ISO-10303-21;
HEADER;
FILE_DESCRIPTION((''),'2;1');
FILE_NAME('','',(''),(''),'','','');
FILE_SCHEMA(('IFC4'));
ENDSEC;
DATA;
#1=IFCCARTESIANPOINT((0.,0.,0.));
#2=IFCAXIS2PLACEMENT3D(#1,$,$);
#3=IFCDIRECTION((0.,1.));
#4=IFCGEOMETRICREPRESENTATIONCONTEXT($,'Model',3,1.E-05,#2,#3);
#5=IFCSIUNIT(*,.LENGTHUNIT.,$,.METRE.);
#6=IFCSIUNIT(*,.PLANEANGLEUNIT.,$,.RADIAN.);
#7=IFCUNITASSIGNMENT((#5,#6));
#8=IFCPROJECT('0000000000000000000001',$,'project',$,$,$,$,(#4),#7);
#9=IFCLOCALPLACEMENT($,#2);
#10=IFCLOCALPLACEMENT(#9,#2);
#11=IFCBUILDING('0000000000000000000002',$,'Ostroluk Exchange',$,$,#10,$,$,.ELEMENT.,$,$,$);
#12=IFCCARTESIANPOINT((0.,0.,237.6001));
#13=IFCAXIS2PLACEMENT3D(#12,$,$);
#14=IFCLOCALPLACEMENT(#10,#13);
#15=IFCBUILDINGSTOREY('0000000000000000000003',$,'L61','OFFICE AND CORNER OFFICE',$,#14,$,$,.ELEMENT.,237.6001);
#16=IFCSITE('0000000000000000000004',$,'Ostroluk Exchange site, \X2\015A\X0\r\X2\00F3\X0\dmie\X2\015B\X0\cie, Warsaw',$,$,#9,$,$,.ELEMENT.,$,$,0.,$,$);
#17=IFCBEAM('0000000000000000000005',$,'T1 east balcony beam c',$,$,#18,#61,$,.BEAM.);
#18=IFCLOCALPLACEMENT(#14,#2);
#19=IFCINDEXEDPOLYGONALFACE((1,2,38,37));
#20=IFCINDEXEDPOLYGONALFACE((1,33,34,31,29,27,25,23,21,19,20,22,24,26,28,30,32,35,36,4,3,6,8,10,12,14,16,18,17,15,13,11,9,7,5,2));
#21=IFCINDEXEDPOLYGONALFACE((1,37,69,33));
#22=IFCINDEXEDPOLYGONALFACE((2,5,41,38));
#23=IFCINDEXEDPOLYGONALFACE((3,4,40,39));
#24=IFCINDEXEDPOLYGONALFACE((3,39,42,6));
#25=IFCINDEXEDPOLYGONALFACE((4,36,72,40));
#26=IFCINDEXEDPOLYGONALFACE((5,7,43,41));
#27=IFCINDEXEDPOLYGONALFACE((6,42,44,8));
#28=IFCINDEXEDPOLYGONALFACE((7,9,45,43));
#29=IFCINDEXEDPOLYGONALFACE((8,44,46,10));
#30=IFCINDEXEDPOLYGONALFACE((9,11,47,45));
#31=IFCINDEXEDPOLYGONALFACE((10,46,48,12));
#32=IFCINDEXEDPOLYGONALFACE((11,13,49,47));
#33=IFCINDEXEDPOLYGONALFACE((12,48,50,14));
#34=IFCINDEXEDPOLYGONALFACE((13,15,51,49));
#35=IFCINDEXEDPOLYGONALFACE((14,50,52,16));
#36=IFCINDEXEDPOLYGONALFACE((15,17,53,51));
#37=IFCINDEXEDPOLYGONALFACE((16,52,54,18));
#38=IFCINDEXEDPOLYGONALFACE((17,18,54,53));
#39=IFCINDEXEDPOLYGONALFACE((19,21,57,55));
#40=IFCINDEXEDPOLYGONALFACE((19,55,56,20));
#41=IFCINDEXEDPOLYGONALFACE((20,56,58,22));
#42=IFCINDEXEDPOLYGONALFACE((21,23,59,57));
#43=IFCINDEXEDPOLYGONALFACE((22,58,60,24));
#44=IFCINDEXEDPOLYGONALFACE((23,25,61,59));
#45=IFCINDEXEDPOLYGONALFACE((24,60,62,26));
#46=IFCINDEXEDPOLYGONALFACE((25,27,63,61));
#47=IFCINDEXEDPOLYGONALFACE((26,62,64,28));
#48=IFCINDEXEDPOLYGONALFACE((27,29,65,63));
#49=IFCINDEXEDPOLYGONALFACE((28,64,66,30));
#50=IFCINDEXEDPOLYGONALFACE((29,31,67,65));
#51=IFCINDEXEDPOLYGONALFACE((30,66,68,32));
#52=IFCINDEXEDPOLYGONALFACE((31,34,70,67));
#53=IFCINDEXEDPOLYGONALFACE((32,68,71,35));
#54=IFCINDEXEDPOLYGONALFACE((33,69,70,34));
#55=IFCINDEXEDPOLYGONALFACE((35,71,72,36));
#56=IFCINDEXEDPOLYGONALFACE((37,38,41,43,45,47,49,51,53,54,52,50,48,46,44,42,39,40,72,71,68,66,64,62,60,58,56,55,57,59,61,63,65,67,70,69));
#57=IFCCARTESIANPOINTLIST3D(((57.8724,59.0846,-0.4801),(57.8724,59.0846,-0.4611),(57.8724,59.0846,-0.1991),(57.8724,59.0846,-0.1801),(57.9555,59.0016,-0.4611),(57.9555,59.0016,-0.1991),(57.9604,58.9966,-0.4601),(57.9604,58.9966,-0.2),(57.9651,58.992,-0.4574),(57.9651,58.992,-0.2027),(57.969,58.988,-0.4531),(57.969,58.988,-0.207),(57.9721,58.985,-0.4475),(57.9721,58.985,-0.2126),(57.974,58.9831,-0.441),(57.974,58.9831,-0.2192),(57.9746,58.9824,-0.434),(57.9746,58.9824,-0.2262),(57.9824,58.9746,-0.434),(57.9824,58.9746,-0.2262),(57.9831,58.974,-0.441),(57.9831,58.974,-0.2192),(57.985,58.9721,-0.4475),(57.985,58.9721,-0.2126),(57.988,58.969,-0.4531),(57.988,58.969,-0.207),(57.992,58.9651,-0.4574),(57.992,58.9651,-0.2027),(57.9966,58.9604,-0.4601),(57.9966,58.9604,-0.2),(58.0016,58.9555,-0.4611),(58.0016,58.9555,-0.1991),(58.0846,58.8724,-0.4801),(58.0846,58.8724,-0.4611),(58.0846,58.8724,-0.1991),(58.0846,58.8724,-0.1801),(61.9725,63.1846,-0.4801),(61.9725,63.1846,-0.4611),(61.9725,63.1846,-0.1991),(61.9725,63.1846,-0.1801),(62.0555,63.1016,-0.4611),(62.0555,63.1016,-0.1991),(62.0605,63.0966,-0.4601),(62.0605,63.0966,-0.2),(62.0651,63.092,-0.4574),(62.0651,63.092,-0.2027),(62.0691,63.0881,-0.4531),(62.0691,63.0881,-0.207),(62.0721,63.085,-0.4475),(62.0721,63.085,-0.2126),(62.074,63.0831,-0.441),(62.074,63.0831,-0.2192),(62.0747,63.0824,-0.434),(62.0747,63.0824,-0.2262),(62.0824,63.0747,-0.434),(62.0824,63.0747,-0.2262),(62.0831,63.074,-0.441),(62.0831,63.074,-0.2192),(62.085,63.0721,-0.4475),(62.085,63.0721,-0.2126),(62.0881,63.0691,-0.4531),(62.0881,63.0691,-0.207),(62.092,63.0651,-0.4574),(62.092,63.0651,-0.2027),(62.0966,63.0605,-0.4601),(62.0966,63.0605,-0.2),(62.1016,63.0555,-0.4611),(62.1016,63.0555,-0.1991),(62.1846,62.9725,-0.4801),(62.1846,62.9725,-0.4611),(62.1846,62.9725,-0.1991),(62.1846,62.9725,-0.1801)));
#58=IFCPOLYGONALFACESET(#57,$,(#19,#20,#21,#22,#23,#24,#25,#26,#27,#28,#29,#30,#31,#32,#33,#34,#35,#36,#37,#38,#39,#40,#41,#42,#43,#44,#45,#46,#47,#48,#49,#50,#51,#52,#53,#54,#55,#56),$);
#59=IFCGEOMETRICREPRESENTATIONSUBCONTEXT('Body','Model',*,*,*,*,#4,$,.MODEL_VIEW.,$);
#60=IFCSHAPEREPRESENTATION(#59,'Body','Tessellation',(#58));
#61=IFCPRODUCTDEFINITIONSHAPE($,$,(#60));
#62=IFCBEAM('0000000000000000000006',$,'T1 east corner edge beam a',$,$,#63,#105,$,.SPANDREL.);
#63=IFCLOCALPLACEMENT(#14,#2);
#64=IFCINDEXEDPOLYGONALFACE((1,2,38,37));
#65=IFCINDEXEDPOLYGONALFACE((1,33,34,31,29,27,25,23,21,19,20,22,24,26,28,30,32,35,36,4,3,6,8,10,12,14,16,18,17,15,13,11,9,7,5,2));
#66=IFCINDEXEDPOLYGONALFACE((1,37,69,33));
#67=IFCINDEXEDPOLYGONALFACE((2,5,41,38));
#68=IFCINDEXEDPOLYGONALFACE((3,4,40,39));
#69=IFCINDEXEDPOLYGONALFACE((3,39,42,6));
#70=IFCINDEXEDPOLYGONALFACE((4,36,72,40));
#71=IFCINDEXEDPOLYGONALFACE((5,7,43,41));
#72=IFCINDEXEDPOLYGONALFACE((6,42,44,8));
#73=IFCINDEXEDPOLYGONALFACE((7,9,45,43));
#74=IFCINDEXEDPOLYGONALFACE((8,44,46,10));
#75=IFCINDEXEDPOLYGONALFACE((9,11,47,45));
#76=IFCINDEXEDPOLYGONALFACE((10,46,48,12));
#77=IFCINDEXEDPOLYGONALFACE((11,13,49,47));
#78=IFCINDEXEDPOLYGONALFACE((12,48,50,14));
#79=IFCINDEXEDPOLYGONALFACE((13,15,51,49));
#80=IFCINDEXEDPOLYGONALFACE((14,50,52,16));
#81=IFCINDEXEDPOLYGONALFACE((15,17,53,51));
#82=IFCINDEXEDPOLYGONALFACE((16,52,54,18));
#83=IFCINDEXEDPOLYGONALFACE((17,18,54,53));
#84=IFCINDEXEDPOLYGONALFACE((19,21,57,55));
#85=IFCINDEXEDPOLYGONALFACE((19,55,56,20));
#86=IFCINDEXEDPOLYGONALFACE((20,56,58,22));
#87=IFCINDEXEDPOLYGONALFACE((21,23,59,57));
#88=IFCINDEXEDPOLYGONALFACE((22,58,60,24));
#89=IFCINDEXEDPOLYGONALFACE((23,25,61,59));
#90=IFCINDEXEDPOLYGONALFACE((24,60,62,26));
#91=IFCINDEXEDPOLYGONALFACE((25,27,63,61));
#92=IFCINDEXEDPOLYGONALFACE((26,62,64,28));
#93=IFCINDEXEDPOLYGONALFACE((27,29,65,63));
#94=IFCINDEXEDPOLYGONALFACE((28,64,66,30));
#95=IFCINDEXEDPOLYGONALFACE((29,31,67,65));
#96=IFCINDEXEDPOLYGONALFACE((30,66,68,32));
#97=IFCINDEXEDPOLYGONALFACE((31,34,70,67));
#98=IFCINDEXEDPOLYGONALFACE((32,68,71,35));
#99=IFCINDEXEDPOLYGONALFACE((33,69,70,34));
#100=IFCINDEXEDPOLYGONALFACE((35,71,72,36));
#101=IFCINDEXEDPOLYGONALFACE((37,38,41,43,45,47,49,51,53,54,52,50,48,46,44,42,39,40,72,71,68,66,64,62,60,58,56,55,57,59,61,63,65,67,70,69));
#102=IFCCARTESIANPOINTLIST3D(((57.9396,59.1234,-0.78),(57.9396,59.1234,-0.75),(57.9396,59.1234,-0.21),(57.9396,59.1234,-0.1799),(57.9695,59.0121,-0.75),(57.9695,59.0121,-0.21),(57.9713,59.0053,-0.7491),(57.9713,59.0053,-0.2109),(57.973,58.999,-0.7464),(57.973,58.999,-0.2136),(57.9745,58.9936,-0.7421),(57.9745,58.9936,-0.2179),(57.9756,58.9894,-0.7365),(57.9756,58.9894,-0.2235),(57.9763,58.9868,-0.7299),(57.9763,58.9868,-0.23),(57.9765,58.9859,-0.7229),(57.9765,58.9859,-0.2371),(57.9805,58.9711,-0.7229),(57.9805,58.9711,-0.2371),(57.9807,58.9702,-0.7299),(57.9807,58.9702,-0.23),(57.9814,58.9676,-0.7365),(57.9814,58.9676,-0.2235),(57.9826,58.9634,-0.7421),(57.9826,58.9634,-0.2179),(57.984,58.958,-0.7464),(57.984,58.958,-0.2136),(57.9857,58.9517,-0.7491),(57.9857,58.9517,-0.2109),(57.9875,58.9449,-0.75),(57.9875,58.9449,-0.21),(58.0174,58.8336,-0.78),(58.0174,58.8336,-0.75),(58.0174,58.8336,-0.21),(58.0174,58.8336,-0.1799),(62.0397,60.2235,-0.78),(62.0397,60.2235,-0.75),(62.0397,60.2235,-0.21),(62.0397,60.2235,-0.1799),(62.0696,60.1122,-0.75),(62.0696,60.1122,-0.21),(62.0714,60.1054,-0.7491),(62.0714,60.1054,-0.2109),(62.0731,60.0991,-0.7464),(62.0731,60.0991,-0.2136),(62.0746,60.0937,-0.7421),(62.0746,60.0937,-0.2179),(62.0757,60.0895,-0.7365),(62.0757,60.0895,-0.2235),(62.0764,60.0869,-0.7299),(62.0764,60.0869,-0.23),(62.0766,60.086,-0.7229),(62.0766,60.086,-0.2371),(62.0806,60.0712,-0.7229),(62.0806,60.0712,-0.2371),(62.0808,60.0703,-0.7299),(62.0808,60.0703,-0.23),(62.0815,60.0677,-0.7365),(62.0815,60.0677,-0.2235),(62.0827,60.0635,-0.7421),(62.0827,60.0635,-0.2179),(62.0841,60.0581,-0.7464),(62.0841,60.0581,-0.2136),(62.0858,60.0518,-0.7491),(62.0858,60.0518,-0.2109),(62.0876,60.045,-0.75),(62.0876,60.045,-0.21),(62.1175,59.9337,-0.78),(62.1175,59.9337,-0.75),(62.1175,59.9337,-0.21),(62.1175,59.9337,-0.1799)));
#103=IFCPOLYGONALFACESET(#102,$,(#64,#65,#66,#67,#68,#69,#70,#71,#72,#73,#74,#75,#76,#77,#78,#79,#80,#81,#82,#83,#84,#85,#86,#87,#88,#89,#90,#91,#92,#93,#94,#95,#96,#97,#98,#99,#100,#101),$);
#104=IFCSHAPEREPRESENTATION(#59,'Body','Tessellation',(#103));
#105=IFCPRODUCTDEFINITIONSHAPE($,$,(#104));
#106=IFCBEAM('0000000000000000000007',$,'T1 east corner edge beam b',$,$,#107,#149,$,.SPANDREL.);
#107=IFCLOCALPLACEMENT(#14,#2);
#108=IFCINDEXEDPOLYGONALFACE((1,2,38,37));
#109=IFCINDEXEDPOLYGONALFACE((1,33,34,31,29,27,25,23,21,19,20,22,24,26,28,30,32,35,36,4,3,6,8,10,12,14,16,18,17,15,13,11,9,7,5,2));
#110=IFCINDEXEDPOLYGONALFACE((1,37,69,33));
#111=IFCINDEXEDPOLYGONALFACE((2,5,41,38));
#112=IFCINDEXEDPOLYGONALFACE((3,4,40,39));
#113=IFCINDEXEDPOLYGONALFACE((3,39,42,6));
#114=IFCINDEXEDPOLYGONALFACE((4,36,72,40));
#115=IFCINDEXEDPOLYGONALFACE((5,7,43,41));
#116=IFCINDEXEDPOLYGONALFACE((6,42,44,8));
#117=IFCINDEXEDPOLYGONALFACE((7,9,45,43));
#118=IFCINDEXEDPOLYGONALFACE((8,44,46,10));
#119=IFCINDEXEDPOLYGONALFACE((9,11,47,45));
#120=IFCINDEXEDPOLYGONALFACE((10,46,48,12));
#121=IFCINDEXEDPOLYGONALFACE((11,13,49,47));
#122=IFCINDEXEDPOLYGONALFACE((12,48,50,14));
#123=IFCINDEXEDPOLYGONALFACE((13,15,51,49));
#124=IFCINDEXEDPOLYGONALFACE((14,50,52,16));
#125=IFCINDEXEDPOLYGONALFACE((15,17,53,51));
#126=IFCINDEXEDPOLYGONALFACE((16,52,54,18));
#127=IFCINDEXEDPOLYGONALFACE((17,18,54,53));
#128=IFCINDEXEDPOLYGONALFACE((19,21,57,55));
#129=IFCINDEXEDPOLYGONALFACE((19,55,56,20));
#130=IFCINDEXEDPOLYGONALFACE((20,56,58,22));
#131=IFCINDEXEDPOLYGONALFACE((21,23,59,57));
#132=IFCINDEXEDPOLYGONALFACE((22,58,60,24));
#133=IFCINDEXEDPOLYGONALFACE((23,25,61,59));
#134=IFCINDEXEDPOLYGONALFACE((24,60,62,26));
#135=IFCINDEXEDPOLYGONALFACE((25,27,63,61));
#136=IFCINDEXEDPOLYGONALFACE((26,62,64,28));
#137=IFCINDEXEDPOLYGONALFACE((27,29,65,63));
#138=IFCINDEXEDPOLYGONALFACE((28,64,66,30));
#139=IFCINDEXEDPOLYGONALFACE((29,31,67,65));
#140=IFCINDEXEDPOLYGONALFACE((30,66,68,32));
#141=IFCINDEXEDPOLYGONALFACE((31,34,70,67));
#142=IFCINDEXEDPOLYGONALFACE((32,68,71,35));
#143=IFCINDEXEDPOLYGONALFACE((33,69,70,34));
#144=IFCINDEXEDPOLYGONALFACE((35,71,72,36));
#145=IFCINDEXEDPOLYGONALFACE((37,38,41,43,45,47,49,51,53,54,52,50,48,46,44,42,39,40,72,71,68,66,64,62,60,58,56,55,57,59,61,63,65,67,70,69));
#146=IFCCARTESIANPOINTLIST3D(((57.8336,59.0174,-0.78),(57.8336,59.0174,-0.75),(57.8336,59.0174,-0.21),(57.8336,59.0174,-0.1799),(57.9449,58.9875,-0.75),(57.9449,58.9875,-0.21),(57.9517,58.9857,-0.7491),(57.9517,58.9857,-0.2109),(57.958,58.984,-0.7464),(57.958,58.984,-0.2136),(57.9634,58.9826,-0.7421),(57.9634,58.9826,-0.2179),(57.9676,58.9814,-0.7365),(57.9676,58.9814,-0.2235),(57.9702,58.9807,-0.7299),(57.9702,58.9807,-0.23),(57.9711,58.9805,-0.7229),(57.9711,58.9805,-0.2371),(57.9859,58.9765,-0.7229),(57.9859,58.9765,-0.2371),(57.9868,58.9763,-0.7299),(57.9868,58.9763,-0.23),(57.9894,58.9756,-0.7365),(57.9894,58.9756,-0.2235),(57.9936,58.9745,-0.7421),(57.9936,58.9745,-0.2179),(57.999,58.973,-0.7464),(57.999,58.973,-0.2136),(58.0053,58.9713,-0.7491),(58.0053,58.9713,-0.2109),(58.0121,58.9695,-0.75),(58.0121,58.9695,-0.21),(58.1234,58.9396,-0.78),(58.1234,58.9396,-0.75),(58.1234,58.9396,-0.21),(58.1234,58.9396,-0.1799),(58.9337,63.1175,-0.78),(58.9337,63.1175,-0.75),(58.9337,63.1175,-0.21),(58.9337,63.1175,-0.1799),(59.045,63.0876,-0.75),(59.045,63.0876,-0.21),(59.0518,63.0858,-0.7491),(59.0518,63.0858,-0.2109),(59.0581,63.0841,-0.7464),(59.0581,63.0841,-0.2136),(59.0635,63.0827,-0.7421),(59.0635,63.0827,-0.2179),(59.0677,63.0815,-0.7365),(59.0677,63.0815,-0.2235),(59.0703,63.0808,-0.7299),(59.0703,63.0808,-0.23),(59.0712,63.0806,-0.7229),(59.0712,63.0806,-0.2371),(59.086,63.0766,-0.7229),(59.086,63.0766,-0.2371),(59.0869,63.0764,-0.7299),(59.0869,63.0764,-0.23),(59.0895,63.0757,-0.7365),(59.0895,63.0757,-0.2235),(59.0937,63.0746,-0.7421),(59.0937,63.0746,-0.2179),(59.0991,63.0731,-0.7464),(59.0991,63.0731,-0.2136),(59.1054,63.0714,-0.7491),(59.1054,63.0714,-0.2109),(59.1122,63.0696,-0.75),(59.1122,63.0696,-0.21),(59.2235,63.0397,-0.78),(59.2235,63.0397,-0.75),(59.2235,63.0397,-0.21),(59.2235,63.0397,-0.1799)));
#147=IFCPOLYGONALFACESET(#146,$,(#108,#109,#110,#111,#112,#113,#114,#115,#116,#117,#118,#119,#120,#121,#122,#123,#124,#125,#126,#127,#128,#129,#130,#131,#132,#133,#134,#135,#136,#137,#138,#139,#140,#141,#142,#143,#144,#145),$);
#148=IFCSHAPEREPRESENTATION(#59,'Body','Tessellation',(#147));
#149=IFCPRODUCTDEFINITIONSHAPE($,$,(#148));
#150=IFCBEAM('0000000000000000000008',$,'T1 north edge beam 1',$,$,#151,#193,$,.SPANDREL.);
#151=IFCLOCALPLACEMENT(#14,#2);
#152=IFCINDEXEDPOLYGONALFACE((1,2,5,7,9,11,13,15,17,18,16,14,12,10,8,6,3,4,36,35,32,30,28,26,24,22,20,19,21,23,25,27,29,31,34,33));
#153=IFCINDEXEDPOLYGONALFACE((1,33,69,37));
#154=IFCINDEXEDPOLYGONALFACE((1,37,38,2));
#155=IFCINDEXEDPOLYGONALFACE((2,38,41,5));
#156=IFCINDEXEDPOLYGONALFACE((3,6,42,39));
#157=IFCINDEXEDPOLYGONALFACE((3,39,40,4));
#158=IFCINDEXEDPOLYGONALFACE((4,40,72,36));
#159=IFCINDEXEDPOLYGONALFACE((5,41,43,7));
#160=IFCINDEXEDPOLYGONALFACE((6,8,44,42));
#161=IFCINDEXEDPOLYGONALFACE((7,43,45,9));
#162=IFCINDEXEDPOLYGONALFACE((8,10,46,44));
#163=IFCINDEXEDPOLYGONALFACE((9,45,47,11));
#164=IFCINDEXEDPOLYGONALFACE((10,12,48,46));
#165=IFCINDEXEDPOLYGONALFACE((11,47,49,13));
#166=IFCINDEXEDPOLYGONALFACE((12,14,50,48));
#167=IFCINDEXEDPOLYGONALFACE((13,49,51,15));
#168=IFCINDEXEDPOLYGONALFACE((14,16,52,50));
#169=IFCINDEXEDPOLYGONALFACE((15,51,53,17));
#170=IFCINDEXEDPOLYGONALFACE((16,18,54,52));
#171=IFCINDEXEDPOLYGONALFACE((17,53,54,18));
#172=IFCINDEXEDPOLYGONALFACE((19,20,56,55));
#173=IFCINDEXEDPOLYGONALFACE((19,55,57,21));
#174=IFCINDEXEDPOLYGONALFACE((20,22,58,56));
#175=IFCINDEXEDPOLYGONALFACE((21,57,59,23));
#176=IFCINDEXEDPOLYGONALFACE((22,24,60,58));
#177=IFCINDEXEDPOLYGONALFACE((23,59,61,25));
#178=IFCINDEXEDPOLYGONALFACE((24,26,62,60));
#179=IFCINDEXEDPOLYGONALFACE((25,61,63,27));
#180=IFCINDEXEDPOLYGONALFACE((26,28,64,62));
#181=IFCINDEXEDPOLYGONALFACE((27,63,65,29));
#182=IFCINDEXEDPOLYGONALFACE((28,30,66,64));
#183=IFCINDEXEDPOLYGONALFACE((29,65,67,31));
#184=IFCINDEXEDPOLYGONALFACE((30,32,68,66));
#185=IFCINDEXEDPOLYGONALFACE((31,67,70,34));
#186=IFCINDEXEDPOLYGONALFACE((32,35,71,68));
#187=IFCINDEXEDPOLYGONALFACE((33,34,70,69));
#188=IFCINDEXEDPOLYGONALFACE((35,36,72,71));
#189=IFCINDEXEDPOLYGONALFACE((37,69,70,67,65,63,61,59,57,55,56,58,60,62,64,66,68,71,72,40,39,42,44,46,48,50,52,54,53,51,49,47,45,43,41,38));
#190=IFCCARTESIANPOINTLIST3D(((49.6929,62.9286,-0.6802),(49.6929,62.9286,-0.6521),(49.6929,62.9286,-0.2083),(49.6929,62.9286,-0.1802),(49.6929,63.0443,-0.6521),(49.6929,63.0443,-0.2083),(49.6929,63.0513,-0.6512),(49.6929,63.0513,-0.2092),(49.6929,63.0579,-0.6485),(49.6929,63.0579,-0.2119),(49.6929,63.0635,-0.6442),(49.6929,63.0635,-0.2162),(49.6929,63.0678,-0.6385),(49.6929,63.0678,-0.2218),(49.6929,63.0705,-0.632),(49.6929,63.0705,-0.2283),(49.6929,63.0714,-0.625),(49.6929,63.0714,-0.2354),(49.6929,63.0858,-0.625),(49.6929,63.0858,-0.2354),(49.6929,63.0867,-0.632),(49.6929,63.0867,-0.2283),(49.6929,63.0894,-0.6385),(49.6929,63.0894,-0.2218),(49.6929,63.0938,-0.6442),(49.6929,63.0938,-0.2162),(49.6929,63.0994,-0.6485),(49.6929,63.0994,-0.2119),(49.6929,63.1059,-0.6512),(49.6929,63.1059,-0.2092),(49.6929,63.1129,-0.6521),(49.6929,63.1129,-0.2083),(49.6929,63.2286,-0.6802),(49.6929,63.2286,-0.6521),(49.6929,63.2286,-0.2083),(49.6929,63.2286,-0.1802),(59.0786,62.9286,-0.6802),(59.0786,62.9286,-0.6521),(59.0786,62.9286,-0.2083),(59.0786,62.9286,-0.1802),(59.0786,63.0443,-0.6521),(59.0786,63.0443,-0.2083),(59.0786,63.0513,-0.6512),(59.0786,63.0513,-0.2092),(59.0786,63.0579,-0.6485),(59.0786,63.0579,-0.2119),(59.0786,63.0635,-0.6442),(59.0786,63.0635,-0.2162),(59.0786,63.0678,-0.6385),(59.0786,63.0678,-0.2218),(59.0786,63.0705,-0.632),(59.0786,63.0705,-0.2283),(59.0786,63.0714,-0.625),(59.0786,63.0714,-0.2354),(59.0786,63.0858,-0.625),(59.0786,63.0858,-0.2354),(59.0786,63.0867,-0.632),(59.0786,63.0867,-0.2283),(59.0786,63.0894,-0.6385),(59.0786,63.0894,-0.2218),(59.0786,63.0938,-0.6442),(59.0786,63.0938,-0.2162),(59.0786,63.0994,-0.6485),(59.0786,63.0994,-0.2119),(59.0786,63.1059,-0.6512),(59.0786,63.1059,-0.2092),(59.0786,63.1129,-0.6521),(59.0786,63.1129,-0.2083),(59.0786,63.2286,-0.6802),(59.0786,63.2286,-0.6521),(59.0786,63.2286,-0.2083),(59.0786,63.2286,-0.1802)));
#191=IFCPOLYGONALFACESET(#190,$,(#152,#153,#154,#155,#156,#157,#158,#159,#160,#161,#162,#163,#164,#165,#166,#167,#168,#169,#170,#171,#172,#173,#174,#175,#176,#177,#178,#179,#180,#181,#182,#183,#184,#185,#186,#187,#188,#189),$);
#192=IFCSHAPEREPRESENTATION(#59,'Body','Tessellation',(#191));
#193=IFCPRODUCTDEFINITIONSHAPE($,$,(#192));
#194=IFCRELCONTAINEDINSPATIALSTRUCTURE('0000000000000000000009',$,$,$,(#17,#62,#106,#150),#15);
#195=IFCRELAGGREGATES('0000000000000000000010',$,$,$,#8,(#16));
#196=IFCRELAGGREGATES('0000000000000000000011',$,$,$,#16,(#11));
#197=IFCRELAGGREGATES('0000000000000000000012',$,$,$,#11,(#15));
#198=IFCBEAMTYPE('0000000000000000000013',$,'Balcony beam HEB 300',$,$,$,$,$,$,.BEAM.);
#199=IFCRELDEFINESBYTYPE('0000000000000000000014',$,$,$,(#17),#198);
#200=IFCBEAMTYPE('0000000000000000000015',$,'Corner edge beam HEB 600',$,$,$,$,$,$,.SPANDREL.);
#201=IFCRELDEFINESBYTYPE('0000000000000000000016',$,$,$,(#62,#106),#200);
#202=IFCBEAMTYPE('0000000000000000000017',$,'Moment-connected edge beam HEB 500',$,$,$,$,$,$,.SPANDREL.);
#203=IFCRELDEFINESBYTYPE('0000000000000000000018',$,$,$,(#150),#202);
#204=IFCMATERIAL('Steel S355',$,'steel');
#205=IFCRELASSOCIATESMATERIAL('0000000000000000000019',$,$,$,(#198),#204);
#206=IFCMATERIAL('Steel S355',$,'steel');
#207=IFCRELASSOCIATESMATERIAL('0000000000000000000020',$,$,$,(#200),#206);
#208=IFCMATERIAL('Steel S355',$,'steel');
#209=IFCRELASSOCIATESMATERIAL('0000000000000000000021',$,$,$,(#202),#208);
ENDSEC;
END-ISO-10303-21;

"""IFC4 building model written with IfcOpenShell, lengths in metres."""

from ifc_helpers import new_model, si_unit, direction, frame, origin, origin_2d, place, context, subcontext, project, spatial, i_section, extrude, material, material_profile, profile_set, type_object, element, save


model = new_model("IFC4")

# Units and contexts
model_context = context("Model", 3, precision=1e-05, world=origin(), true_north=direction((0.0, 1.0)))
body_context = subcontext(model_context, "Body", "Model", "MODEL_VIEW")
ifc_project = project(units=[si_unit("LENGTHUNIT", "METRE"), si_unit("PLANEANGLEUNIT", "RADIAN")], contexts=[model_context])

# Site, building, storey
site_placement = place(None, origin())
site = spatial("IfcSite", under=ifc_project, at=site_placement, Name="Ostroluk Exchange site, Śródmieście, Warsaw", CompositionType="ELEMENT", RefElevation=0.0)
building_placement = place(site_placement, origin())
building = spatial("IfcBuilding", under=site, at=building_placement, Name="Ostroluk Exchange", CompositionType="ELEMENT")
storey_placement = place(building_placement, frame((0.0, 0.0, 237.6001)))
storey = spatial("IfcBuildingStorey", under=building, at=storey_placement, Name="L61", Description="OFFICE AND CORNER OFFICE", CompositionType="ELEMENT", Elevation=237.6001)

# Beams
ifc_material_1 = material(Name="Steel S355", Category="steel")
ifc_material_profile_1 = material_profile(ifc_material_1, i_section(OverallWidth=0.3, OverallDepth=0.3, WebThickness=0.011, FlangeThickness=0.019, FilletRadius=0.0271, at=origin_2d()), Name="HEB 300")
ifc_profile_set_1 = profile_set([ifc_material_profile_1], Name="Steel S355")
beam_type_1 = type_object("IfcBeamType", Name="Balcony beam HEB 300", PredefinedType="BEAM", material=ifc_profile_set_1)
beam_placement = place(storey_placement, frame((57.9785, 58.9785, -0.3301), z_axis=(0.707107, 0.707107, 0.0), x_axis=(-0.707107, 0.707107, 0.0)))
element("IfcBeam", 1, at=beam_placement, inside=storey, type_object=beam_type_1, Name="T1 east balcony beam c", PredefinedType="BEAM", context=body_context, shape_type="SweptSolid", body=[
    extrude(i_section(OverallWidth=0.3, OverallDepth=0.3, WebThickness=0.011, FlangeThickness=0.019, FilletRadius=0.0271, at=origin_2d()), origin(), (0.0, 0.0, 1.0), 5.7983),
])
ifc_material_2 = material(Name="Steel S355", Category="steel")
ifc_material_profile_2 = material_profile(ifc_material_2, i_section(OverallWidth=0.3, OverallDepth=0.6001, WebThickness=0.0154, FlangeThickness=0.03, FilletRadius=0.0271, at=origin_2d()), Name="HEB 600")
ifc_profile_set_2 = profile_set([ifc_material_profile_2], Name="Steel S355")
beam_type_2 = type_object("IfcBeamType", Name="Corner edge beam HEB 600", PredefinedType="SPANDREL", material=ifc_profile_set_2)
for number, where, z_axis, x_axis, name in (
    (2, (57.9785, 58.9785, -0.48), (0.965839, 0.259144, 0.0), (-0.259144, 0.965839, 0.0), "T1 east corner edge beam a"),
    (3, (57.9785, 58.9785, -0.48), (0.259144, 0.965839, 0.0), (-0.965839, 0.259144, 0.0), "T1 east corner edge beam b"),
):
    element("IfcBeam", number, at=place(storey_placement, frame(where, z_axis=z_axis, x_axis=x_axis)), inside=storey, type_object=beam_type_2, Name=name, PredefinedType="SPANDREL", context=body_context, shape_type="SweptSolid", body=[
        extrude(i_section(OverallWidth=0.3, OverallDepth=0.6001, WebThickness=0.0154, FlangeThickness=0.03, FilletRadius=0.0271, at=origin_2d()), origin(), (0.0, 0.0, 1.0), 4.2451),
    ])
ifc_material_3 = material(Name="Steel S355", Category="steel")
ifc_material_profile_3 = material_profile(ifc_material_3, i_section(OverallWidth=0.3, OverallDepth=0.5, WebThickness=0.0144, FlangeThickness=0.0281, FilletRadius=0.0271, at=origin_2d()), Name="HEB 500")
ifc_profile_set_3 = profile_set([ifc_material_profile_3], Name="Steel S355")
beam_type_3 = type_object("IfcBeamType", Name="Moment-connected edge beam HEB 500", PredefinedType="SPANDREL", material=ifc_profile_set_3)
for number, where, z_axis, x_axis, name in (
    (4, (59.0786, 63.0786, -0.4302), (-1.0, 0.0, 0.0), (0.0, -1.0, 0.0), "T1 north edge beam 1"),
):
    element("IfcBeam", number, at=place(storey_placement, frame(where, z_axis=z_axis, x_axis=x_axis)), inside=storey, type_object=beam_type_3, Name=name, PredefinedType="SPANDREL", context=body_context, shape_type="SweptSolid", body=[
        extrude(i_section(OverallWidth=0.3, OverallDepth=0.5, WebThickness=0.0144, FlangeThickness=0.0281, FilletRadius=0.0271, at=origin_2d()), origin(), (0.0, 0.0, 1.0), 9.3857),
    ])

save(model, "model.ifc")
